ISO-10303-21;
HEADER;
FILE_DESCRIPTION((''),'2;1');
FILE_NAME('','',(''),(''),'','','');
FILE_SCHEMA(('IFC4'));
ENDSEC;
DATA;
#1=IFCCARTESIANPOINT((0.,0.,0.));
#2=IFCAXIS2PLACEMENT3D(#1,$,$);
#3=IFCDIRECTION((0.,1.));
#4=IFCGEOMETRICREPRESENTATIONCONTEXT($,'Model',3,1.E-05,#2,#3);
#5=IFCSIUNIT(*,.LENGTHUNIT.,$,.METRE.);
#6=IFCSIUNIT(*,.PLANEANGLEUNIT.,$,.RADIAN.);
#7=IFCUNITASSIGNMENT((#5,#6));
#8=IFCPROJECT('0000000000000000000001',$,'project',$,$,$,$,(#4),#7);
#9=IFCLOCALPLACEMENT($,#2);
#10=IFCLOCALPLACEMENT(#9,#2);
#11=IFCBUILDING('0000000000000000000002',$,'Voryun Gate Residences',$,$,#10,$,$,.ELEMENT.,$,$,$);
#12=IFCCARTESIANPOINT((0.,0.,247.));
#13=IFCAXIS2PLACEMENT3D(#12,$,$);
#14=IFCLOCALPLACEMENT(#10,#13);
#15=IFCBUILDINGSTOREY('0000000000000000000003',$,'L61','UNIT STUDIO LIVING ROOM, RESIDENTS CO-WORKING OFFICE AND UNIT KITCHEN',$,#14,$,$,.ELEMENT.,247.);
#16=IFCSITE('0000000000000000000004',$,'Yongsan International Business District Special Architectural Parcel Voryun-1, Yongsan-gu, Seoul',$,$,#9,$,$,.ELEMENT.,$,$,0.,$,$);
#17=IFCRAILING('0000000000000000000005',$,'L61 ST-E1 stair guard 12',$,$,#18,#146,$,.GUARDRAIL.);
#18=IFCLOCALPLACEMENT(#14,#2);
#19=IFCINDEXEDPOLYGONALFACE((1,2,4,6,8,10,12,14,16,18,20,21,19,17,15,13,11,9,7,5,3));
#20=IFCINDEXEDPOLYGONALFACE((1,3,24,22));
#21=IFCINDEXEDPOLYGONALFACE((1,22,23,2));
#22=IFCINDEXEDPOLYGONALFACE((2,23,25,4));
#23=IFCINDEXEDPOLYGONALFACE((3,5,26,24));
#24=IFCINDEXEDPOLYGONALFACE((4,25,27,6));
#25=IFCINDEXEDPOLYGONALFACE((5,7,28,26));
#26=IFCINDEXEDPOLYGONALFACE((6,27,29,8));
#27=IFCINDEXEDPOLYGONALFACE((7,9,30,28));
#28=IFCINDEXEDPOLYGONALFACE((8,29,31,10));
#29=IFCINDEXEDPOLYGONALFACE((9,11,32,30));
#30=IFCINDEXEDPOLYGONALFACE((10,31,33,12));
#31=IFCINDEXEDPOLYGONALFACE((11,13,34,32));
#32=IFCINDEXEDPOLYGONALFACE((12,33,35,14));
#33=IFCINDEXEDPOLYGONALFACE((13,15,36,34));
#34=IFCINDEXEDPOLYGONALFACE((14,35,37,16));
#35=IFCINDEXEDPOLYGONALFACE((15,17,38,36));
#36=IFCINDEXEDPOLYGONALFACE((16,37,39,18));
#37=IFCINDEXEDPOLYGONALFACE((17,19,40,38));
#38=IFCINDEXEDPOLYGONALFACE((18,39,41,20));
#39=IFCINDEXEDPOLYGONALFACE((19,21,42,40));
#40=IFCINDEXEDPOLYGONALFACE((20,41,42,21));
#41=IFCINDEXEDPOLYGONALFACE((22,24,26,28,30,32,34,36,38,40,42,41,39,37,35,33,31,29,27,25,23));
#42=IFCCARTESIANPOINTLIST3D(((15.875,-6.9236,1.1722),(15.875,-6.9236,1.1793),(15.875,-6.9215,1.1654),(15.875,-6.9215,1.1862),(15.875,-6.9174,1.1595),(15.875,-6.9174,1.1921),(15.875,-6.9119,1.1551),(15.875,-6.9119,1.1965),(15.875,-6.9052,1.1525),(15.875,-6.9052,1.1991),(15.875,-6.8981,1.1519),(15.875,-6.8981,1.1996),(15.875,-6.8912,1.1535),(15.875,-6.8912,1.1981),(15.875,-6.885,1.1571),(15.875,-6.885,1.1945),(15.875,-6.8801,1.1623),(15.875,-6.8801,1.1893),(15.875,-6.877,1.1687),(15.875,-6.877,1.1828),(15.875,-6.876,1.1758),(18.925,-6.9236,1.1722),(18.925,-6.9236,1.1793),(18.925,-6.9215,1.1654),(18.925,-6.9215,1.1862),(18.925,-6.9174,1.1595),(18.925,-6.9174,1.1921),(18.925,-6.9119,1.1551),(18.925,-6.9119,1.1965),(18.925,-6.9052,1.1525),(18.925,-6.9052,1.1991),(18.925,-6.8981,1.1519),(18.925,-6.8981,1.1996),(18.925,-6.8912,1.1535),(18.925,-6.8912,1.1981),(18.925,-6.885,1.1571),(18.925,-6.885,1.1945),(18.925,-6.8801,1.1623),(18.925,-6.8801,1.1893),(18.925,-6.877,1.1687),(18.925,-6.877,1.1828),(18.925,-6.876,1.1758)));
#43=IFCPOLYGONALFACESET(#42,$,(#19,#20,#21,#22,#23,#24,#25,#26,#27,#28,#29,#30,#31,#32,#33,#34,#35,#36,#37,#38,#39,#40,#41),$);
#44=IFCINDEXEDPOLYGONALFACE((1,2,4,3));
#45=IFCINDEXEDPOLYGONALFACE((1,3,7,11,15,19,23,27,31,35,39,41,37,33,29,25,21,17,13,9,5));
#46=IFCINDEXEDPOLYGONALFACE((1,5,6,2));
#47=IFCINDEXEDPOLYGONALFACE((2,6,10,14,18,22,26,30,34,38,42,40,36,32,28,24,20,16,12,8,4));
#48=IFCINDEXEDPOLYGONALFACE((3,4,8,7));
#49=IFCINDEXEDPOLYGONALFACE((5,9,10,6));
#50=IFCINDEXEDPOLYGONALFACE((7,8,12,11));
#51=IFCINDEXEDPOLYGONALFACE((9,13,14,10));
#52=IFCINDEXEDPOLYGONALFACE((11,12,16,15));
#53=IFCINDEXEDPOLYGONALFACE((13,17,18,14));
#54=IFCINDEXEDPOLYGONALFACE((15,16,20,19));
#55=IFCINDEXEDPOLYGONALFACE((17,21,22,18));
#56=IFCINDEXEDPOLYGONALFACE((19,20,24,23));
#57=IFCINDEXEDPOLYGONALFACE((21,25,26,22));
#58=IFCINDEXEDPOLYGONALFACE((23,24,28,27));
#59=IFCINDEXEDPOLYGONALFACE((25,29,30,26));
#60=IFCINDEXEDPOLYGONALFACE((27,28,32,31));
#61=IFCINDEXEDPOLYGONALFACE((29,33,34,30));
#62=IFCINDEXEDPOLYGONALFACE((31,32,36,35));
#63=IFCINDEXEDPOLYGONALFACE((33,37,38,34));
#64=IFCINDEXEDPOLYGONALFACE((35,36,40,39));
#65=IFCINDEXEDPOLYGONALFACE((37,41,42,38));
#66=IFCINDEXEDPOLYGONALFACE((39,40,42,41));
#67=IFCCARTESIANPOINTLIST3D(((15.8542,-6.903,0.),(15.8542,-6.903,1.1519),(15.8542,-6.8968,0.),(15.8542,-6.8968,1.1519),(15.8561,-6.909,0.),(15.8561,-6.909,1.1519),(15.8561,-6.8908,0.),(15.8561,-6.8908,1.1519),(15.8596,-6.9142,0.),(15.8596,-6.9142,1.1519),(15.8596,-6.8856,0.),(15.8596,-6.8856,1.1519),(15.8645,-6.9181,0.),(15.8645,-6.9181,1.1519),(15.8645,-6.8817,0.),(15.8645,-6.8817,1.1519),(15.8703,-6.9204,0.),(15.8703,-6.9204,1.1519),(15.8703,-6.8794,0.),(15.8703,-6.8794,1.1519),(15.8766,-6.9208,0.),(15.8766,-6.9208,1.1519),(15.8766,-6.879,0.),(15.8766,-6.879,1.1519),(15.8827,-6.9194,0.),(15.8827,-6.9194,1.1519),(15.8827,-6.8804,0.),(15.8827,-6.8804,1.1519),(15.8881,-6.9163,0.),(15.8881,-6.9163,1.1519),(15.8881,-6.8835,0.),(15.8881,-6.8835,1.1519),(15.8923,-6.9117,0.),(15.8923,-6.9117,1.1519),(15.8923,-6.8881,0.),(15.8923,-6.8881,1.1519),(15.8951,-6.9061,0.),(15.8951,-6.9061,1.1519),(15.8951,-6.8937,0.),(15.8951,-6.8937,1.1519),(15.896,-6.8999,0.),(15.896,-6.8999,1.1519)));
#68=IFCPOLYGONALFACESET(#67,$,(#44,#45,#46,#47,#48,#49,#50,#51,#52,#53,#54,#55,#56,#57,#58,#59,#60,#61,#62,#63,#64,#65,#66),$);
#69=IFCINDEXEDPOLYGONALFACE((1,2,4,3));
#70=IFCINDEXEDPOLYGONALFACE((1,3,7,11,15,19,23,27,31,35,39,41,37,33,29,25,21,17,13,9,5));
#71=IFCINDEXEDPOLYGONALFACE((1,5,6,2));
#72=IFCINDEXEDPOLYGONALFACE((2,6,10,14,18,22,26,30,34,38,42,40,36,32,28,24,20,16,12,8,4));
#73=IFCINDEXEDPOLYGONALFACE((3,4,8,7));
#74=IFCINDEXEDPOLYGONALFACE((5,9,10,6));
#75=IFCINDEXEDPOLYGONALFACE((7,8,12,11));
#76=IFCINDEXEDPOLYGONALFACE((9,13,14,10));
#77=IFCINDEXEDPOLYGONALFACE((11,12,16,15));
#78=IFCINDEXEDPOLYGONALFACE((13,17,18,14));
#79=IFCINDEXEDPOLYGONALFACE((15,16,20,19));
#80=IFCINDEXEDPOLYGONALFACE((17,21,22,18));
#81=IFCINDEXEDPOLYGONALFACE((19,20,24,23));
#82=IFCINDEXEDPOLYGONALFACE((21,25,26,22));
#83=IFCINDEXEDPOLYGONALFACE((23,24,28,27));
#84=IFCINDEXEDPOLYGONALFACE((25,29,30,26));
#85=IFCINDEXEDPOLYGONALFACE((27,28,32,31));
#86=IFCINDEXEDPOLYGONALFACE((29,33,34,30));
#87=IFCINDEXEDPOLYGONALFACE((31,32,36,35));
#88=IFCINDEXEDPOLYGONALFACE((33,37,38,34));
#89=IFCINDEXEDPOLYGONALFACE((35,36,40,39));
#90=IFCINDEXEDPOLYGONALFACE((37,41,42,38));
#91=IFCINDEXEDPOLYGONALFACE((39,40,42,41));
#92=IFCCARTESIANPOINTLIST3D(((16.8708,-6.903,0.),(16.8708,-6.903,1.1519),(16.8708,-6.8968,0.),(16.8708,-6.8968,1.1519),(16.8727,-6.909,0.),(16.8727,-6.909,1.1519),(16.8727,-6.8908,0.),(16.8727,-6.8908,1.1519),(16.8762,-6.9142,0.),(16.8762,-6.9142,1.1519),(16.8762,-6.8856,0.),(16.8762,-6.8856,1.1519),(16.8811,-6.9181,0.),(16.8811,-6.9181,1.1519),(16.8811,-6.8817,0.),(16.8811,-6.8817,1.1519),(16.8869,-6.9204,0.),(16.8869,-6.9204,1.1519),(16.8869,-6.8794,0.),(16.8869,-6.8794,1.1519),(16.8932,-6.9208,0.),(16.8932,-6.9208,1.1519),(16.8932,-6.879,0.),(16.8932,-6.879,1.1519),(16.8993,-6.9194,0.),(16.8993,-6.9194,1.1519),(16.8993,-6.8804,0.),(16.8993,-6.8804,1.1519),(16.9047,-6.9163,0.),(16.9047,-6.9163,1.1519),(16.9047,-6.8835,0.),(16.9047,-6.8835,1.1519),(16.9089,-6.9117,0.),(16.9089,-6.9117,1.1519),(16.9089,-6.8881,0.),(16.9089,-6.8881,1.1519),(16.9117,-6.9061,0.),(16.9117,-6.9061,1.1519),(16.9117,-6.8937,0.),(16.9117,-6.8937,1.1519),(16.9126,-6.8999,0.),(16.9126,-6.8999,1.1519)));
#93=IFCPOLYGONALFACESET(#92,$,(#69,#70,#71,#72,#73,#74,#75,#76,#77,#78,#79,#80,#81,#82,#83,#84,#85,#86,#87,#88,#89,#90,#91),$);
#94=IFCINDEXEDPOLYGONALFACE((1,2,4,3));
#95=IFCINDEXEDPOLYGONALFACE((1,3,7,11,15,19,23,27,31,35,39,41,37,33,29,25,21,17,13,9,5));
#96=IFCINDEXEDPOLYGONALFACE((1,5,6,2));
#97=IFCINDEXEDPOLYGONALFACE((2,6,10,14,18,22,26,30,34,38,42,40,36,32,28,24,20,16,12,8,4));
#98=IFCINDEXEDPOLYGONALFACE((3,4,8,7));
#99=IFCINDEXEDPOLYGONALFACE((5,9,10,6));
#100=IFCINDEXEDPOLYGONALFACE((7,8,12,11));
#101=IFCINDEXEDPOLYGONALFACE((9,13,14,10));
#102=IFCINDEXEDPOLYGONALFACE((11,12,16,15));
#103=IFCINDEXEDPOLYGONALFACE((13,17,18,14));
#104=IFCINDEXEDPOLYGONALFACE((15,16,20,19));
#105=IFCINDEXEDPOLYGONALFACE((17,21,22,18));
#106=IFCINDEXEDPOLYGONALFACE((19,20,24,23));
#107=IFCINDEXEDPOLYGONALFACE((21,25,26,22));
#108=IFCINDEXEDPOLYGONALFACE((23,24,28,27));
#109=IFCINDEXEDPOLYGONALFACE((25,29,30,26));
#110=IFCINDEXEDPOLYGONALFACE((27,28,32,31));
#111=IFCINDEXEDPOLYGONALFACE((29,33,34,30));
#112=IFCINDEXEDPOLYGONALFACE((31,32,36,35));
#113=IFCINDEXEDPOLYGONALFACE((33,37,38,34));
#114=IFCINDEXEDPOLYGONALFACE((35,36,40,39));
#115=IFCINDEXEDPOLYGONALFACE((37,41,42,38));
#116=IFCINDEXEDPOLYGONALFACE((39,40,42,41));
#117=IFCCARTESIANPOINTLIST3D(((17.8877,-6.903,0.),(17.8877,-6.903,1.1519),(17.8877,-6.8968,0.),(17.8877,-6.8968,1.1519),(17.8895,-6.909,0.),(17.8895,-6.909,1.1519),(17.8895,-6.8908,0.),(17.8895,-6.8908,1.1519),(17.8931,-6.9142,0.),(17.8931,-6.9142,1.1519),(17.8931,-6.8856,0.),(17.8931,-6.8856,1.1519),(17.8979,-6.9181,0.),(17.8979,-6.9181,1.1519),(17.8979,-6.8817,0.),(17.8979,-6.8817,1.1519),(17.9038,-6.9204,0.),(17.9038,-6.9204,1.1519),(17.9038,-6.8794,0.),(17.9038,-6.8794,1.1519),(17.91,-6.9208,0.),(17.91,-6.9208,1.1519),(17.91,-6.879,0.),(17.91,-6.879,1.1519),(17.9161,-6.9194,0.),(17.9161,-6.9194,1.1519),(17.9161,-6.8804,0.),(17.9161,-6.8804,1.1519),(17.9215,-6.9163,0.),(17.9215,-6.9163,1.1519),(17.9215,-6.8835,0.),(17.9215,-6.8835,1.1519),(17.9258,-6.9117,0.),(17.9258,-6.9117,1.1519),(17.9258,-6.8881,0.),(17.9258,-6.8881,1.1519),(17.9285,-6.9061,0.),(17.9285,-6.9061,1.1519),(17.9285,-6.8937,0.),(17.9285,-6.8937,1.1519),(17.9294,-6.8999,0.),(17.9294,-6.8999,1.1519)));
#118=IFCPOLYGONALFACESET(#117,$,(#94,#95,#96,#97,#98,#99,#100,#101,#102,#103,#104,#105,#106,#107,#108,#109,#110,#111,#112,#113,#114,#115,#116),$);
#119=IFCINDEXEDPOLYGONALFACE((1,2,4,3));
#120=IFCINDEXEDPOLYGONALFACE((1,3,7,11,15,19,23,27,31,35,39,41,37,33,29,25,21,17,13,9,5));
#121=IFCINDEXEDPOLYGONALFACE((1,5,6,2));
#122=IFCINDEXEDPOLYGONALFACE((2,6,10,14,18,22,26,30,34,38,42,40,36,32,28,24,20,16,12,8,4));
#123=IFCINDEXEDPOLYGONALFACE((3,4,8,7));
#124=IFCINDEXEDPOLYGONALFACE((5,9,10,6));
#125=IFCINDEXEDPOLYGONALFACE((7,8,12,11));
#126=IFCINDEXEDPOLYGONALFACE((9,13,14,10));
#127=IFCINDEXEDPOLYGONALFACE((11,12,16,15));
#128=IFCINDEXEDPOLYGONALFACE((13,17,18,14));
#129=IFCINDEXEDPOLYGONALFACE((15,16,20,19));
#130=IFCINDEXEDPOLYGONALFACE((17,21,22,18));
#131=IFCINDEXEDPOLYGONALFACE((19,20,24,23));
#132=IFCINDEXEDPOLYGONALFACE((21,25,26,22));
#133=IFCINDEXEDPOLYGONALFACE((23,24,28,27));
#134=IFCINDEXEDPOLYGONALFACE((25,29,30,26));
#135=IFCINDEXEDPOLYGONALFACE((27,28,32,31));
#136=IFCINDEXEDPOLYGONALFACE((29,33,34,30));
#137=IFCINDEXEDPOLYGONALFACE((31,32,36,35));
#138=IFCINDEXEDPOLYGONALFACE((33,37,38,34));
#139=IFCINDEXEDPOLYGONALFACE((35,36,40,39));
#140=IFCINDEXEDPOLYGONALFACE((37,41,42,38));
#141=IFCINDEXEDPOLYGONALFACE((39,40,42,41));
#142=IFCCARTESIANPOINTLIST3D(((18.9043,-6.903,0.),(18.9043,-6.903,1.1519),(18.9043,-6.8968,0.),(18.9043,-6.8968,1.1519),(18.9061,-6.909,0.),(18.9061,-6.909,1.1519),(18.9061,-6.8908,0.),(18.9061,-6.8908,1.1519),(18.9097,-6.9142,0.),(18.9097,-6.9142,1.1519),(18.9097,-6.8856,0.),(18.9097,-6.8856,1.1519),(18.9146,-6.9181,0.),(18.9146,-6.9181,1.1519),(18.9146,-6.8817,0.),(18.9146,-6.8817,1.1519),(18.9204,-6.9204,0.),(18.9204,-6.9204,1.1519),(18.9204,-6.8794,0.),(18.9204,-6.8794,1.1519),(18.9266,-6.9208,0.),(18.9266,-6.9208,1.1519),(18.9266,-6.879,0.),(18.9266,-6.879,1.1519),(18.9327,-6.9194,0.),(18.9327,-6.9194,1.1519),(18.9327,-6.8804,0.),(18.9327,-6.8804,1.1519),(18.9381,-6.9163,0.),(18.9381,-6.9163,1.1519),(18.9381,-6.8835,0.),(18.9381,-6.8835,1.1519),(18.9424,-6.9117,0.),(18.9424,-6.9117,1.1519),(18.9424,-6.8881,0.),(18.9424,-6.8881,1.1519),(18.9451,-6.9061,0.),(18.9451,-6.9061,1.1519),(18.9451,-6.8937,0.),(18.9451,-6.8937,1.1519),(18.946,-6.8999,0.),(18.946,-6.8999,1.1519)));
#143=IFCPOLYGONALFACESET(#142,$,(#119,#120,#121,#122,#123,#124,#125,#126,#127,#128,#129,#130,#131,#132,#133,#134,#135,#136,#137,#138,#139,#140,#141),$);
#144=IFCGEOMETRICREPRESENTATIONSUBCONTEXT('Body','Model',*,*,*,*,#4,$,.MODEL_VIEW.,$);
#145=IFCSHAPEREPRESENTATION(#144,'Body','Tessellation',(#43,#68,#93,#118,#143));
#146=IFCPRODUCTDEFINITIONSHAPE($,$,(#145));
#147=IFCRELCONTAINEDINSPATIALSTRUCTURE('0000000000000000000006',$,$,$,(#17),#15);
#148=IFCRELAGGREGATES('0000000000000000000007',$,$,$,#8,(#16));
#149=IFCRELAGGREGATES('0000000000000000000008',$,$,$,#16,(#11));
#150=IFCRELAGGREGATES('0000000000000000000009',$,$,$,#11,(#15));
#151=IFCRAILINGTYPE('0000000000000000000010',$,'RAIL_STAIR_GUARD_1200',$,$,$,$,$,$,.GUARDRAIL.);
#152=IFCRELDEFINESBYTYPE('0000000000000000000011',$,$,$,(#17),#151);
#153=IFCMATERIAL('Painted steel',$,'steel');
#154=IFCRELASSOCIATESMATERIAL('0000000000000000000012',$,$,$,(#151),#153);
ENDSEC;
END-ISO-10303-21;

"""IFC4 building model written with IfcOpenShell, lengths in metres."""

from ifc_helpers import new_model, si_unit, direction, frame, origin, origin_2d, place, context, subcontext, project, spatial, circle, extrude, material, type_object, element, save


model = new_model("IFC4")

# Units and contexts
model_context = context("Model", 3, precision=1e-05, world=origin(), true_north=direction((0.0, 1.0)))
body_context = subcontext(model_context, "Body", "Model", "MODEL_VIEW")
ifc_project = project(units=[si_unit("LENGTHUNIT", "METRE"), si_unit("PLANEANGLEUNIT", "RADIAN")], contexts=[model_context])

# Site, building, storey
site_placement = place(None, origin())
site = spatial("IfcSite", under=ifc_project, at=site_placement, Name="Yongsan International Business District Special Architectural Parcel Voryun-1, Yongsan-gu, Seoul", CompositionType="ELEMENT", RefElevation=0.0)
building_placement = place(site_placement, origin())
building = spatial("IfcBuilding", under=site, at=building_placement, Name="Voryun Gate Residences", CompositionType="ELEMENT")
storey_placement = place(building_placement, frame((0.0, 0.0, 247.0)))
storey = spatial("IfcBuildingStorey", under=building, at=storey_placement, Name="L61", Description="UNIT STUDIO LIVING ROOM, RESIDENTS CO-WORKING OFFICE AND UNIT KITCHEN", CompositionType="ELEMENT", Elevation=247.0)

# Railing
ifc_material_1 = material(Name="Painted steel", Category="steel")
railing_type = type_object("IfcRailingType", Name="RAIL_STAIR_GUARD_1200", PredefinedType="GUARDRAIL", material=ifc_material_1)
railing_1_placement = place(storey_placement, frame((15.875, -6.8999, 0.0)))
element("IfcRailing", 1, at=railing_1_placement, inside=storey, type_object=railing_type, Name="L61 ST-E1 stair guard 12", PredefinedType="GUARDRAIL", context=body_context, shape_type="SweptSolid", body=[
    extrude(circle(Radius=0.0239, at=origin_2d()), frame((0.0, 0.0, 1.1758), z_axis=(1.0, 0.0, 0.0), x_axis=(0.0, 1.0, 0.0)), (0.0, 0.0, 1.0), 3.05),
    extrude(circle(Radius=0.021, at=origin_2d()), origin(), (0.0, 0.0, 1.0), 1.1519),
    extrude(circle(Radius=0.021, at=origin_2d()), frame((1.0166, 0.0, 0.0)), (0.0, 0.0, 1.0), 1.1519),
    extrude(circle(Radius=0.021, at=origin_2d()), frame((2.0334, 0.0, 0.0)), (0.0, 0.0, 1.0), 1.1519),
    extrude(circle(Radius=0.021, at=origin_2d()), frame((3.05, 0.0, 0.0)), (0.0, 0.0, 1.0), 1.1519),
])

save(model, "model.ifc")
